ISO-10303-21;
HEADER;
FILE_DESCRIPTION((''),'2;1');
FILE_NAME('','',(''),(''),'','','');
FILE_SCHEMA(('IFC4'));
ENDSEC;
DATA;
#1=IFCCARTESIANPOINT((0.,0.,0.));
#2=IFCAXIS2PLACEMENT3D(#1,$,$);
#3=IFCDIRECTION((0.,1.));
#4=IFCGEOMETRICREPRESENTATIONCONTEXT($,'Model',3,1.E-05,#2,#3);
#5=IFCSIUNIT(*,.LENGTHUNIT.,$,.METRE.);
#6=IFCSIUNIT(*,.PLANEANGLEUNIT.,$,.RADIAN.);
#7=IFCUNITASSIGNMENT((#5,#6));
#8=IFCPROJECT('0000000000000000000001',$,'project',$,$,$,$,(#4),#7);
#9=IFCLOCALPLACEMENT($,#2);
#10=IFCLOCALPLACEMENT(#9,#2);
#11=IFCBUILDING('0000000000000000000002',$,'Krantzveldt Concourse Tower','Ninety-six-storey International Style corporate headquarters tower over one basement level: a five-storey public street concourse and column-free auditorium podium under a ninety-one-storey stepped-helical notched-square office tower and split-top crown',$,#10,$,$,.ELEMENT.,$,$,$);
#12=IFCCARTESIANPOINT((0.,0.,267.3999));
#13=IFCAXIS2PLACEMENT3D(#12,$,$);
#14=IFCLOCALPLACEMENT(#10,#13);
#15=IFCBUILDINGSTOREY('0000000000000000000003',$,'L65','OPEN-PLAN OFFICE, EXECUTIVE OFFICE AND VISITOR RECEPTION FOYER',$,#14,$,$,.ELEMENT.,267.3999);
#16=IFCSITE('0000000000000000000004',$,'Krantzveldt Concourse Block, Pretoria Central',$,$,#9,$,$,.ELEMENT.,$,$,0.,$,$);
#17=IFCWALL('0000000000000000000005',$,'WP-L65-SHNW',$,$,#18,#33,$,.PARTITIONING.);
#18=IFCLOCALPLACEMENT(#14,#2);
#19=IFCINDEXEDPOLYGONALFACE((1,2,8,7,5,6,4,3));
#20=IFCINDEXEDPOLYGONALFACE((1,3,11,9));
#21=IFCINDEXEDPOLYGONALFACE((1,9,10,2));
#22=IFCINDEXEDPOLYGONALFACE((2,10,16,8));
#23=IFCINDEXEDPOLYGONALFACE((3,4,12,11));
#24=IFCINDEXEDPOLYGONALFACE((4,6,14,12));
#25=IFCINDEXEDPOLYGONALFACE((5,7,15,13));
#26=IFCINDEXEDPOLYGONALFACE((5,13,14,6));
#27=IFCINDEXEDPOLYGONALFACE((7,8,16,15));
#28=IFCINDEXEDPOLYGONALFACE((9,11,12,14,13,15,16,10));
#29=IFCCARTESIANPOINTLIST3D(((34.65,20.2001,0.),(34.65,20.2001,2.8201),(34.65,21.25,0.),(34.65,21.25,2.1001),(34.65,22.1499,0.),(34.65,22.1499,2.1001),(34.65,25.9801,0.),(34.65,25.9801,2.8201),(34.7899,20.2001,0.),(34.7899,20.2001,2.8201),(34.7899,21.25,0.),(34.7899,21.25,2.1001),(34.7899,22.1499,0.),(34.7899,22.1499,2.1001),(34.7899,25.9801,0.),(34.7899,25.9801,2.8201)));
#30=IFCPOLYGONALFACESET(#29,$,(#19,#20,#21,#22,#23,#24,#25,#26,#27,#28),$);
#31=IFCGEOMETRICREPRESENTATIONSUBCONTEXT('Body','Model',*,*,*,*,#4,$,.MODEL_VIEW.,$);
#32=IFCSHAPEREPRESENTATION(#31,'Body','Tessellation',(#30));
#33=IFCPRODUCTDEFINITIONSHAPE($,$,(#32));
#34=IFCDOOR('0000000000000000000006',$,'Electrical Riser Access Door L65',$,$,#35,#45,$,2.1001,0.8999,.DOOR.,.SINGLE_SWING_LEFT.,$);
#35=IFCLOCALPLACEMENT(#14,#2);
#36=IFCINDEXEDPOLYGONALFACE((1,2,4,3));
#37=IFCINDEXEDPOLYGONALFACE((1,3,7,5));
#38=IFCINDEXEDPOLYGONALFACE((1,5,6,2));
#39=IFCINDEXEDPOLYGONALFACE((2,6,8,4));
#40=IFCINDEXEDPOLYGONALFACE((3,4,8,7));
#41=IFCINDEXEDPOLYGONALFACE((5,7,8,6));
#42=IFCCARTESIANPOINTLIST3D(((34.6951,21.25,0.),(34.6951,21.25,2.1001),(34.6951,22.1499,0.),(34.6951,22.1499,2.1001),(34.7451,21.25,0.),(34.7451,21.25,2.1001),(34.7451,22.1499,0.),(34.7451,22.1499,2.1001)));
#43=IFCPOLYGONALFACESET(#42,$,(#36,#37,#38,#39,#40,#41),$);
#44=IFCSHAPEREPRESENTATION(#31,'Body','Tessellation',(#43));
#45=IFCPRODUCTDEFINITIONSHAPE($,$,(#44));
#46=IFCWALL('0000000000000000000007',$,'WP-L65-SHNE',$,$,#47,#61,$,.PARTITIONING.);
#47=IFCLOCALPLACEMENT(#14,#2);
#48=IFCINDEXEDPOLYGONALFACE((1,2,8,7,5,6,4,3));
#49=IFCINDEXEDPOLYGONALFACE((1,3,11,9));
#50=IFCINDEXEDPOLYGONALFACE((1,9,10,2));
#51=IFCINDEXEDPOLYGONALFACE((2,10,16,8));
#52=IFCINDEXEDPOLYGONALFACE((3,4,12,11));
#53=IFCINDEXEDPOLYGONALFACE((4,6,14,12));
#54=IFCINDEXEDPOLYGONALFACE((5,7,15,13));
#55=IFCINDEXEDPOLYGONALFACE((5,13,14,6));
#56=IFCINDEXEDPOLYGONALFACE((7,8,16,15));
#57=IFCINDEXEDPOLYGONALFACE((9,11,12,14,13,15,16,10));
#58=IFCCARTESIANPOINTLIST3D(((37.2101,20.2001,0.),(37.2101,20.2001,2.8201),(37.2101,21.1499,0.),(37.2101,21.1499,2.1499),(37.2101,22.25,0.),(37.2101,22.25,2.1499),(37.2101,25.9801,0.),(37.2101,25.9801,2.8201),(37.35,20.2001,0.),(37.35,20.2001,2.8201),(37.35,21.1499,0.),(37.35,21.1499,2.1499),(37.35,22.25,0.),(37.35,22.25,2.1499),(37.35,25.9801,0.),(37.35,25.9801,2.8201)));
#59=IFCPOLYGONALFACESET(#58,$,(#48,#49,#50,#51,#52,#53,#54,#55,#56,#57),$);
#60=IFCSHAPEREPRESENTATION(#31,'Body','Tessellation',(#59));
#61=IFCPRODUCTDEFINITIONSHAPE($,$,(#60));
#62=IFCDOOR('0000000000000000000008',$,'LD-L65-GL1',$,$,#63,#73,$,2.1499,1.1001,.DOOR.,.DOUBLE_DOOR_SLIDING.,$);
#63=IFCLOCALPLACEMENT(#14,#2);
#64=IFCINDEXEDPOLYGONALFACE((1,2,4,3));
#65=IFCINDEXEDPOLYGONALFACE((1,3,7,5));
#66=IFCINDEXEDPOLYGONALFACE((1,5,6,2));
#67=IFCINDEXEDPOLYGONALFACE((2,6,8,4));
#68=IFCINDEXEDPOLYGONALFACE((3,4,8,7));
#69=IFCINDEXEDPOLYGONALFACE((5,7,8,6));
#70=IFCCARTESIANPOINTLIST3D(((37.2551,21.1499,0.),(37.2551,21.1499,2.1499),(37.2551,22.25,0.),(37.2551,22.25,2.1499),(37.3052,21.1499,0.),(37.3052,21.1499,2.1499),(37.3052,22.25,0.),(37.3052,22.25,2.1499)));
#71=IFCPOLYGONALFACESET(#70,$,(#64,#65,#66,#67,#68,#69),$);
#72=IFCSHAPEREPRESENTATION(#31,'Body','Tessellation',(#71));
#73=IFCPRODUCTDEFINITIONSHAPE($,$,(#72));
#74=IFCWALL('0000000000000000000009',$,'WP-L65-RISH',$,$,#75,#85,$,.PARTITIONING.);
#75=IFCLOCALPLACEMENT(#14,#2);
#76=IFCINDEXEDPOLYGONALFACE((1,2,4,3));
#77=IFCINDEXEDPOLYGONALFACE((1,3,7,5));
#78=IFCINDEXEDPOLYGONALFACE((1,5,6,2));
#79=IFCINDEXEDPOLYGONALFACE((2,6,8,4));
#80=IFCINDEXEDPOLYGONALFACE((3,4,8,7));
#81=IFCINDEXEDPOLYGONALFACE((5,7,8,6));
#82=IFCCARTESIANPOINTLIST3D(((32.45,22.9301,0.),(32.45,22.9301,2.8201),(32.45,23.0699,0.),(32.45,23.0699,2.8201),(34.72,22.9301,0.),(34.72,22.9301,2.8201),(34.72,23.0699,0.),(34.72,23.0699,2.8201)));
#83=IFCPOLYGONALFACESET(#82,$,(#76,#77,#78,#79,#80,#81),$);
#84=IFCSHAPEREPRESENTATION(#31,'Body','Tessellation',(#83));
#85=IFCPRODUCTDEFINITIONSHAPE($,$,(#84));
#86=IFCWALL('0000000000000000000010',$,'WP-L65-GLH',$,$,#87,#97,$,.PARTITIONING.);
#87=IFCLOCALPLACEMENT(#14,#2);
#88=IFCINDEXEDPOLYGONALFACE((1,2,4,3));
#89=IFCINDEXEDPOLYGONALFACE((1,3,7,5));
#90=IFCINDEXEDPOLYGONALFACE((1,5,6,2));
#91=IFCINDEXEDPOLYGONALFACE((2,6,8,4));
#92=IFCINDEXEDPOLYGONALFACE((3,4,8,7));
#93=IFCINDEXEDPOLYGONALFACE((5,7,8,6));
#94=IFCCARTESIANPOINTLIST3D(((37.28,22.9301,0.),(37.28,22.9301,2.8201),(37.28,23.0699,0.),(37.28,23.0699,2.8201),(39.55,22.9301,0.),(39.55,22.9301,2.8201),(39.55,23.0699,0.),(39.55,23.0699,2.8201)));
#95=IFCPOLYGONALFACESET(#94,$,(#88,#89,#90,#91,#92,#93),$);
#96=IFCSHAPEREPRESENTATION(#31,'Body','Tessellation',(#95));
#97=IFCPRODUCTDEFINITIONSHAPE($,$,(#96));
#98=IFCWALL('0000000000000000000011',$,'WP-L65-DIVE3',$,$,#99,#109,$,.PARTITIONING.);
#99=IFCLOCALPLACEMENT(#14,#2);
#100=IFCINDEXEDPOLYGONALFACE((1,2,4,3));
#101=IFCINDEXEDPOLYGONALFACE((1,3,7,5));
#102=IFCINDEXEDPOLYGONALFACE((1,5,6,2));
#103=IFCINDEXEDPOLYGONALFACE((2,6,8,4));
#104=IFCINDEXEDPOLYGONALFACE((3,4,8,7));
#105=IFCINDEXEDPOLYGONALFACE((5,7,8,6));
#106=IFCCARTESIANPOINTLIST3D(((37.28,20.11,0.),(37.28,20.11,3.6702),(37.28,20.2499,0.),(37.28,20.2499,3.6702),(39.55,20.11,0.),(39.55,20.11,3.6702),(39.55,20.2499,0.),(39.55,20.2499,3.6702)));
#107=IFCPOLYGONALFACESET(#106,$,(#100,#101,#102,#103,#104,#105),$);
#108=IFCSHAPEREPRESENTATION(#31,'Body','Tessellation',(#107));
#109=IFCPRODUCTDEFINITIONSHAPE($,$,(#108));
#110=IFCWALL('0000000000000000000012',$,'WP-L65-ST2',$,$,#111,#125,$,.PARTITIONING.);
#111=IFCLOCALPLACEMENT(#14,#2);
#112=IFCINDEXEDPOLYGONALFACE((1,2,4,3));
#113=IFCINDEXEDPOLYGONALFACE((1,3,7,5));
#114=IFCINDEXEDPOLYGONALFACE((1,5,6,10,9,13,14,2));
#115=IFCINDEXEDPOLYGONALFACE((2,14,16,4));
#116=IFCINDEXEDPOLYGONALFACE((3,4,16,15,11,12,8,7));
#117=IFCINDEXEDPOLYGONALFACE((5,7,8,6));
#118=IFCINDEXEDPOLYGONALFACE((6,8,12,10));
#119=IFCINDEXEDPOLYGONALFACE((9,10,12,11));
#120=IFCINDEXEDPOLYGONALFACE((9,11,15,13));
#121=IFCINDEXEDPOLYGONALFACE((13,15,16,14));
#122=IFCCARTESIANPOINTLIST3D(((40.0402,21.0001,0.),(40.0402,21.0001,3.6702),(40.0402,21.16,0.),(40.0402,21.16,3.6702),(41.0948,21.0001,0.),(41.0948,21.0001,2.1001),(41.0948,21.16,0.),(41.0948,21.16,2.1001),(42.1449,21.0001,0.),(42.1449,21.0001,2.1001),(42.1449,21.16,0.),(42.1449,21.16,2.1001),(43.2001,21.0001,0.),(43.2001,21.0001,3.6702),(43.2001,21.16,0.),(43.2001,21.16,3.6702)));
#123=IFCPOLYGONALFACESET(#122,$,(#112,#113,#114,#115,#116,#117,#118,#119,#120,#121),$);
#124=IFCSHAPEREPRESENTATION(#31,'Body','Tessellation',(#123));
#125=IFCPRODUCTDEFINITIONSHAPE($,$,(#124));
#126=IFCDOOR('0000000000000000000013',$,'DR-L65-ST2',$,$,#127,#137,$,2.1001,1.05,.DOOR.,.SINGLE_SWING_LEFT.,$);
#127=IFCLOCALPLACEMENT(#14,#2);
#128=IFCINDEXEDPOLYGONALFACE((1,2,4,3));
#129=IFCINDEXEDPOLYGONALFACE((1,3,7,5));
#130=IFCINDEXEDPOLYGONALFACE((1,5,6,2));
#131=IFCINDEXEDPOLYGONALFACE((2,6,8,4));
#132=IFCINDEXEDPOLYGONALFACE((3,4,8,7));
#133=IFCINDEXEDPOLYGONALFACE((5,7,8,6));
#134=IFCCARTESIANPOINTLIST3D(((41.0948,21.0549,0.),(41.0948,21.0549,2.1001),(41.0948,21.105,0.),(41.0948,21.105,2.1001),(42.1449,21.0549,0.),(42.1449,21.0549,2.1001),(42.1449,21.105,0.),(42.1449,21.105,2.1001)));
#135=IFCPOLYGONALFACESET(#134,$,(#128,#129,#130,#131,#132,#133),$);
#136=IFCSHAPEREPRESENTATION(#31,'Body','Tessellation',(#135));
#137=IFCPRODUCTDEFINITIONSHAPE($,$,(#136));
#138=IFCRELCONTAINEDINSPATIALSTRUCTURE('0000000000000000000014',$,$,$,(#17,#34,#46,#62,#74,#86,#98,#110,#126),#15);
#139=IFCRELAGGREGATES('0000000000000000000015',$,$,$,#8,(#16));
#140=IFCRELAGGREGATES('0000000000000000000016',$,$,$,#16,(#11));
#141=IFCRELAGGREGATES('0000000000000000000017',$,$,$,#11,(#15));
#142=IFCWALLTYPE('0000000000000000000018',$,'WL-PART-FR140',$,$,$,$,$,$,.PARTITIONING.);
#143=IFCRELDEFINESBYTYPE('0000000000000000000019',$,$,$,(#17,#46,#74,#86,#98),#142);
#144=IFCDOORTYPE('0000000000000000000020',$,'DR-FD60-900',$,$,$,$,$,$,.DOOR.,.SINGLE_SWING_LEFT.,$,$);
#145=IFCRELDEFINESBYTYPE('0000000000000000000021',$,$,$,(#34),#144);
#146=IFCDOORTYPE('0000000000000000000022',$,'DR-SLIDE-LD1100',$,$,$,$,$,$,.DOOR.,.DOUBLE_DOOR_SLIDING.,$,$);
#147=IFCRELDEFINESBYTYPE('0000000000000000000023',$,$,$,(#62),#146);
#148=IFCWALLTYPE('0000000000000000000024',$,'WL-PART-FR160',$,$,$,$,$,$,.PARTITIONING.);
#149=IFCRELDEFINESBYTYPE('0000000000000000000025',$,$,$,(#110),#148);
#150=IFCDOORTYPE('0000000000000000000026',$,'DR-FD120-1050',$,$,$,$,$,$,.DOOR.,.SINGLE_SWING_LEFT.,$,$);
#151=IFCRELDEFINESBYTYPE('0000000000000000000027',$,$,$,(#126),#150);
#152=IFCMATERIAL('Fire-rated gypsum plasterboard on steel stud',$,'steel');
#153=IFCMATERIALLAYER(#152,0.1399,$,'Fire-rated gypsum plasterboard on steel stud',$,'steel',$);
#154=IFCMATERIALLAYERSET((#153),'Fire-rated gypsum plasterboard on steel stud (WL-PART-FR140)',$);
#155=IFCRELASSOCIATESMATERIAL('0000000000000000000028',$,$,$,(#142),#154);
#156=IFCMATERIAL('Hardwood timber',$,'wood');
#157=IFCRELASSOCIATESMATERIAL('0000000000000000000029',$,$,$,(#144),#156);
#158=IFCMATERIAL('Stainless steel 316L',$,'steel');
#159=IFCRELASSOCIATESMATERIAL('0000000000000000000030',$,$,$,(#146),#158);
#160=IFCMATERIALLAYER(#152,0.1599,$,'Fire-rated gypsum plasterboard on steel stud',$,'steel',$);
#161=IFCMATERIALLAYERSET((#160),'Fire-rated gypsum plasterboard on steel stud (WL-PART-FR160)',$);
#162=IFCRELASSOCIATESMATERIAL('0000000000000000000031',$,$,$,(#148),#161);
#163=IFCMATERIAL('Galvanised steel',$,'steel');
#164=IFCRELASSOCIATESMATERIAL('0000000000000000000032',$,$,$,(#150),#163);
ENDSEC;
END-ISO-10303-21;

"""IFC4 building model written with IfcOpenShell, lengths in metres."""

from ifc_helpers import new_model, si_unit, direction, frame, frame_2d, origin, place, context, subcontext, project, spatial, rectangle, extrude, material, layer, layer_set, type_object, element, fill, save


model = new_model("IFC4")

# Units and contexts
model_context = context("Model", 3, precision=1e-05, world=origin(), true_north=direction((0.0, 1.0)))
body_context = subcontext(model_context, "Body", "Model", "MODEL_VIEW")
ifc_project = project(units=[si_unit("LENGTHUNIT", "METRE"), si_unit("PLANEANGLEUNIT", "RADIAN")], contexts=[model_context])

# Site, building, storey
site_placement = place(None, origin())
site = spatial("IfcSite", under=ifc_project, at=site_placement, Name="Krantzveldt Concourse Block, Pretoria Central", CompositionType="ELEMENT", RefElevation=0.0)
building_placement = place(site_placement, origin())
building = spatial("IfcBuilding", under=site, at=building_placement, Name="Krantzveldt Concourse Tower", Description="Ninety-six-storey International Style corporate headquarters tower over one basement level: a five-storey public street concourse and column-free auditorium podium under a ninety-one-storey stepped-helical notched-square office tower and split-top crown", CompositionType="ELEMENT")
storey_placement = place(building_placement, frame((0.0, 0.0, 267.3999)))
storey = spatial("IfcBuildingStorey", under=building, at=storey_placement, Name="L65", Description="OPEN-PLAN OFFICE, EXECUTIVE OFFICE AND VISITOR RECEPTION FOYER", CompositionType="ELEMENT", Elevation=267.3999)

# Shared definitions
ifc_material_1 = material(Name="Fire-rated gypsum plasterboard on steel stud", Category="steel")

# Walls, openings, doors
ifc_layer_1 = layer(ifc_material_1, 0.1399, Name="Fire-rated gypsum plasterboard on steel stud", Category="steel")
ifc_layer_set_1 = layer_set([ifc_layer_1], Name="Fire-rated gypsum plasterboard on steel stud (WL-PART-FR140)")
wall_type_1 = type_object("IfcWallType", Name="WL-PART-FR140", PredefinedType="PARTITIONING", material=ifc_layer_set_1)
wall_1_placement = place(storey_placement, frame((34.72, 20.2, 0.0), z_axis=(0.0, 0.0, 1.0), x_axis=(0.0, 1.0, 0.0)))
wall_1 = element("IfcWall", 1, at=wall_1_placement, inside=storey, type_object=wall_type_1, Name="WP-L65-SHNW", PredefinedType="PARTITIONING", context=body_context, shape_type="SweptSolid", body=[
    extrude(rectangle(XDim=5.78, YDim=0.1399, at=frame_2d((2.8901, 0.0))), origin(), (0.0, 0.0, 1.0), 2.8201),
])
opening_1_placement = place(wall_1_placement, frame((1.05, 0.0, 0.0)))
opening_1 = element("IfcOpeningElement", 2, at=opening_1_placement, cuts=wall_1, PredefinedType="OPENING", context=body_context, shape_type="SweptSolid", body=[
    extrude(rectangle(XDim=0.8999, YDim=2.1001, at=frame_2d((0.45, 1.05))), frame((0.0, 0.0801, 0.0), z_axis=(0.0, -1.0, 0.0), x_axis=(1.0, 0.0, 0.0)), (0.0, 0.0, 1.0), 0.1599),
])
ifc_material_2 = material(Name="Hardwood timber", Category="wood")
door_type_1 = type_object("IfcDoorType", Name="DR-FD60-900", OperationType="SINGLE_SWING_LEFT", PredefinedType="DOOR", material=ifc_material_2)
door_1_placement = place(opening_1_placement, origin())
door_1 = element("IfcDoor", 3, at=door_1_placement, inside=storey, type_object=door_type_1, Name="Electrical Riser Access Door L65", OperationType="SINGLE_SWING_LEFT", OverallHeight=2.1001, OverallWidth=0.8999, PredefinedType="DOOR", context=body_context, shape_type="SweptSolid", body=[
    extrude(rectangle(XDim=0.8999, YDim=2.1001, at=frame_2d((0.45, 1.05))), frame((0.0, 0.0249, 0.0), z_axis=(0.0, -1.0, 0.0), x_axis=(1.0, 0.0, 0.0)), (0.0, 0.0, 1.0), 0.05),
])
fill(opening_1, door_1)
wall_2_placement = place(storey_placement, frame((37.28, 20.2, 0.0), z_axis=(0.0, 0.0, 1.0), x_axis=(0.0, 1.0, 0.0)))
wall_2 = element("IfcWall", 4, at=wall_2_placement, inside=storey, type_object=wall_type_1, Name="WP-L65-SHNE", PredefinedType="PARTITIONING", context=body_context, shape_type="SweptSolid", body=[
    extrude(rectangle(XDim=5.78, YDim=0.1399, at=frame_2d((2.8901, 0.0))), origin(), (0.0, 0.0, 1.0), 2.8201),
])
opening_2_placement = place(wall_2_placement, frame((0.95, 0.0, 0.0)))
opening_2 = element("IfcOpeningElement", 5, at=opening_2_placement, cuts=wall_2, PredefinedType="OPENING", context=body_context, shape_type="SweptSolid", body=[
    extrude(rectangle(XDim=1.1001, YDim=2.1499, at=frame_2d((0.55, 1.075))), frame((0.0, 0.0801, 0.0), z_axis=(0.0, -1.0, 0.0), x_axis=(1.0, 0.0, 0.0)), (0.0, 0.0, 1.0), 0.1599),
])
ifc_material_3 = material(Name="Stainless steel 316L", Category="steel")
door_type_2 = type_object("IfcDoorType", Name="DR-SLIDE-LD1100", OperationType="DOUBLE_DOOR_SLIDING", PredefinedType="DOOR", material=ifc_material_3)
door_2_placement = place(opening_2_placement, origin())
door_2 = element("IfcDoor", 6, at=door_2_placement, inside=storey, type_object=door_type_2, Name="LD-L65-GL1", OperationType="DOUBLE_DOOR_SLIDING", OverallHeight=2.1499, OverallWidth=1.1001, PredefinedType="DOOR", context=body_context, shape_type="SweptSolid", body=[
    extrude(rectangle(XDim=1.1001, YDim=2.1499, at=frame_2d((0.55, 1.075))), frame((0.0, 0.0249, 0.0), z_axis=(0.0, -1.0, 0.0), x_axis=(1.0, 0.0, 0.0)), (0.0, 0.0, 1.0), 0.05),
])
fill(opening_2, door_2)

# Walls
for number, where, z_axis, x_axis, name in (
    (7, (32.45, 23.0, 0.0), (0.0, 0.0, 1.0), (1.0, 0.0, 0.0), "WP-L65-RISH"),
    (8, (37.28, 23.0, 0.0), (0.0, 0.0, 1.0), (1.0, 0.0, 0.0), "WP-L65-GLH"),
):
    element("IfcWall", number, at=place(storey_placement, frame(where, z_axis=z_axis, x_axis=x_axis)), inside=storey, type_object=wall_type_1, Name=name, PredefinedType="PARTITIONING", context=body_context, shape_type="SweptSolid", body=[
        extrude(rectangle(XDim=2.27, YDim=0.1399, at=frame_2d((1.135, 0.0))), origin(), (0.0, 0.0, 1.0), 2.8201),
    ])
wall_3_placement = place(storey_placement, frame((37.28, 20.1799, 0.0), z_axis=(0.0, 0.0, 1.0), x_axis=(1.0, 0.0, 0.0)))
element("IfcWall", 9, at=wall_3_placement, inside=storey, type_object=wall_type_1, Name="WP-L65-DIVE3", PredefinedType="PARTITIONING", context=body_context, shape_type="SweptSolid", body=[
    extrude(rectangle(XDim=2.27, YDim=0.1399, at=frame_2d((1.135, 0.0))), origin(), (0.0, 0.0, 1.0), 3.6702),
])

# Wall, opening, door
ifc_layer_2 = layer(ifc_material_1, 0.1599, Name="Fire-rated gypsum plasterboard on steel stud", Category="steel")
ifc_layer_set_2 = layer_set([ifc_layer_2], Name="Fire-rated gypsum plasterboard on steel stud (WL-PART-FR160)")
wall_type_2 = type_object("IfcWallType", Name="WL-PART-FR160", PredefinedType="PARTITIONING", material=ifc_layer_set_2)
wall_4_placement = place(storey_placement, frame((40.04, 21.0801, 0.0), z_axis=(0.0, 0.0, 1.0), x_axis=(1.0, 0.0, 0.0)))
wall_4 = element("IfcWall", 10, at=wall_4_placement, inside=storey, type_object=wall_type_2, Name="WP-L65-ST2", PredefinedType="PARTITIONING", context=body_context, shape_type="SweptSolid", body=[
    extrude(rectangle(XDim=3.1599, YDim=0.1599, at=frame_2d((1.5801, 0.0))), origin(), (0.0, 0.0, 1.0), 3.6702),
])
opening_3_placement = place(wall_4_placement, frame((1.0549, 0.0, 0.0)))
opening_3 = element("IfcOpeningElement", 11, at=opening_3_placement, cuts=wall_4, PredefinedType="OPENING", context=body_context, shape_type="SweptSolid", body=[
    extrude(rectangle(XDim=1.05, YDim=2.1001, at=frame_2d((0.5249, 1.05))), frame((0.0, 0.0898, 0.0), z_axis=(0.0, -1.0, 0.0), x_axis=(1.0, 0.0, 0.0)), (0.0, 0.0, 1.0), 0.1799),
])
ifc_material_4 = material(Name="Galvanised steel", Category="steel")
door_type_3 = type_object("IfcDoorType", Name="DR-FD120-1050", OperationType="SINGLE_SWING_LEFT", PredefinedType="DOOR", material=ifc_material_4)
door_3_placement = place(opening_3_placement, origin())
door_3 = element("IfcDoor", 12, at=door_3_placement, inside=storey, type_object=door_type_3, Name="DR-L65-ST2", OperationType="SINGLE_SWING_LEFT", OverallHeight=2.1001, OverallWidth=1.05, PredefinedType="DOOR", context=body_context, shape_type="SweptSolid", body=[
    extrude(rectangle(XDim=1.05, YDim=2.1001, at=frame_2d((0.5249, 1.05))), frame((0.0, 0.0249, 0.0), z_axis=(0.0, -1.0, 0.0), x_axis=(1.0, 0.0, 0.0)), (0.0, 0.0, 1.0), 0.05),
])
fill(opening_3, door_3)

save(model, "model.ifc")
